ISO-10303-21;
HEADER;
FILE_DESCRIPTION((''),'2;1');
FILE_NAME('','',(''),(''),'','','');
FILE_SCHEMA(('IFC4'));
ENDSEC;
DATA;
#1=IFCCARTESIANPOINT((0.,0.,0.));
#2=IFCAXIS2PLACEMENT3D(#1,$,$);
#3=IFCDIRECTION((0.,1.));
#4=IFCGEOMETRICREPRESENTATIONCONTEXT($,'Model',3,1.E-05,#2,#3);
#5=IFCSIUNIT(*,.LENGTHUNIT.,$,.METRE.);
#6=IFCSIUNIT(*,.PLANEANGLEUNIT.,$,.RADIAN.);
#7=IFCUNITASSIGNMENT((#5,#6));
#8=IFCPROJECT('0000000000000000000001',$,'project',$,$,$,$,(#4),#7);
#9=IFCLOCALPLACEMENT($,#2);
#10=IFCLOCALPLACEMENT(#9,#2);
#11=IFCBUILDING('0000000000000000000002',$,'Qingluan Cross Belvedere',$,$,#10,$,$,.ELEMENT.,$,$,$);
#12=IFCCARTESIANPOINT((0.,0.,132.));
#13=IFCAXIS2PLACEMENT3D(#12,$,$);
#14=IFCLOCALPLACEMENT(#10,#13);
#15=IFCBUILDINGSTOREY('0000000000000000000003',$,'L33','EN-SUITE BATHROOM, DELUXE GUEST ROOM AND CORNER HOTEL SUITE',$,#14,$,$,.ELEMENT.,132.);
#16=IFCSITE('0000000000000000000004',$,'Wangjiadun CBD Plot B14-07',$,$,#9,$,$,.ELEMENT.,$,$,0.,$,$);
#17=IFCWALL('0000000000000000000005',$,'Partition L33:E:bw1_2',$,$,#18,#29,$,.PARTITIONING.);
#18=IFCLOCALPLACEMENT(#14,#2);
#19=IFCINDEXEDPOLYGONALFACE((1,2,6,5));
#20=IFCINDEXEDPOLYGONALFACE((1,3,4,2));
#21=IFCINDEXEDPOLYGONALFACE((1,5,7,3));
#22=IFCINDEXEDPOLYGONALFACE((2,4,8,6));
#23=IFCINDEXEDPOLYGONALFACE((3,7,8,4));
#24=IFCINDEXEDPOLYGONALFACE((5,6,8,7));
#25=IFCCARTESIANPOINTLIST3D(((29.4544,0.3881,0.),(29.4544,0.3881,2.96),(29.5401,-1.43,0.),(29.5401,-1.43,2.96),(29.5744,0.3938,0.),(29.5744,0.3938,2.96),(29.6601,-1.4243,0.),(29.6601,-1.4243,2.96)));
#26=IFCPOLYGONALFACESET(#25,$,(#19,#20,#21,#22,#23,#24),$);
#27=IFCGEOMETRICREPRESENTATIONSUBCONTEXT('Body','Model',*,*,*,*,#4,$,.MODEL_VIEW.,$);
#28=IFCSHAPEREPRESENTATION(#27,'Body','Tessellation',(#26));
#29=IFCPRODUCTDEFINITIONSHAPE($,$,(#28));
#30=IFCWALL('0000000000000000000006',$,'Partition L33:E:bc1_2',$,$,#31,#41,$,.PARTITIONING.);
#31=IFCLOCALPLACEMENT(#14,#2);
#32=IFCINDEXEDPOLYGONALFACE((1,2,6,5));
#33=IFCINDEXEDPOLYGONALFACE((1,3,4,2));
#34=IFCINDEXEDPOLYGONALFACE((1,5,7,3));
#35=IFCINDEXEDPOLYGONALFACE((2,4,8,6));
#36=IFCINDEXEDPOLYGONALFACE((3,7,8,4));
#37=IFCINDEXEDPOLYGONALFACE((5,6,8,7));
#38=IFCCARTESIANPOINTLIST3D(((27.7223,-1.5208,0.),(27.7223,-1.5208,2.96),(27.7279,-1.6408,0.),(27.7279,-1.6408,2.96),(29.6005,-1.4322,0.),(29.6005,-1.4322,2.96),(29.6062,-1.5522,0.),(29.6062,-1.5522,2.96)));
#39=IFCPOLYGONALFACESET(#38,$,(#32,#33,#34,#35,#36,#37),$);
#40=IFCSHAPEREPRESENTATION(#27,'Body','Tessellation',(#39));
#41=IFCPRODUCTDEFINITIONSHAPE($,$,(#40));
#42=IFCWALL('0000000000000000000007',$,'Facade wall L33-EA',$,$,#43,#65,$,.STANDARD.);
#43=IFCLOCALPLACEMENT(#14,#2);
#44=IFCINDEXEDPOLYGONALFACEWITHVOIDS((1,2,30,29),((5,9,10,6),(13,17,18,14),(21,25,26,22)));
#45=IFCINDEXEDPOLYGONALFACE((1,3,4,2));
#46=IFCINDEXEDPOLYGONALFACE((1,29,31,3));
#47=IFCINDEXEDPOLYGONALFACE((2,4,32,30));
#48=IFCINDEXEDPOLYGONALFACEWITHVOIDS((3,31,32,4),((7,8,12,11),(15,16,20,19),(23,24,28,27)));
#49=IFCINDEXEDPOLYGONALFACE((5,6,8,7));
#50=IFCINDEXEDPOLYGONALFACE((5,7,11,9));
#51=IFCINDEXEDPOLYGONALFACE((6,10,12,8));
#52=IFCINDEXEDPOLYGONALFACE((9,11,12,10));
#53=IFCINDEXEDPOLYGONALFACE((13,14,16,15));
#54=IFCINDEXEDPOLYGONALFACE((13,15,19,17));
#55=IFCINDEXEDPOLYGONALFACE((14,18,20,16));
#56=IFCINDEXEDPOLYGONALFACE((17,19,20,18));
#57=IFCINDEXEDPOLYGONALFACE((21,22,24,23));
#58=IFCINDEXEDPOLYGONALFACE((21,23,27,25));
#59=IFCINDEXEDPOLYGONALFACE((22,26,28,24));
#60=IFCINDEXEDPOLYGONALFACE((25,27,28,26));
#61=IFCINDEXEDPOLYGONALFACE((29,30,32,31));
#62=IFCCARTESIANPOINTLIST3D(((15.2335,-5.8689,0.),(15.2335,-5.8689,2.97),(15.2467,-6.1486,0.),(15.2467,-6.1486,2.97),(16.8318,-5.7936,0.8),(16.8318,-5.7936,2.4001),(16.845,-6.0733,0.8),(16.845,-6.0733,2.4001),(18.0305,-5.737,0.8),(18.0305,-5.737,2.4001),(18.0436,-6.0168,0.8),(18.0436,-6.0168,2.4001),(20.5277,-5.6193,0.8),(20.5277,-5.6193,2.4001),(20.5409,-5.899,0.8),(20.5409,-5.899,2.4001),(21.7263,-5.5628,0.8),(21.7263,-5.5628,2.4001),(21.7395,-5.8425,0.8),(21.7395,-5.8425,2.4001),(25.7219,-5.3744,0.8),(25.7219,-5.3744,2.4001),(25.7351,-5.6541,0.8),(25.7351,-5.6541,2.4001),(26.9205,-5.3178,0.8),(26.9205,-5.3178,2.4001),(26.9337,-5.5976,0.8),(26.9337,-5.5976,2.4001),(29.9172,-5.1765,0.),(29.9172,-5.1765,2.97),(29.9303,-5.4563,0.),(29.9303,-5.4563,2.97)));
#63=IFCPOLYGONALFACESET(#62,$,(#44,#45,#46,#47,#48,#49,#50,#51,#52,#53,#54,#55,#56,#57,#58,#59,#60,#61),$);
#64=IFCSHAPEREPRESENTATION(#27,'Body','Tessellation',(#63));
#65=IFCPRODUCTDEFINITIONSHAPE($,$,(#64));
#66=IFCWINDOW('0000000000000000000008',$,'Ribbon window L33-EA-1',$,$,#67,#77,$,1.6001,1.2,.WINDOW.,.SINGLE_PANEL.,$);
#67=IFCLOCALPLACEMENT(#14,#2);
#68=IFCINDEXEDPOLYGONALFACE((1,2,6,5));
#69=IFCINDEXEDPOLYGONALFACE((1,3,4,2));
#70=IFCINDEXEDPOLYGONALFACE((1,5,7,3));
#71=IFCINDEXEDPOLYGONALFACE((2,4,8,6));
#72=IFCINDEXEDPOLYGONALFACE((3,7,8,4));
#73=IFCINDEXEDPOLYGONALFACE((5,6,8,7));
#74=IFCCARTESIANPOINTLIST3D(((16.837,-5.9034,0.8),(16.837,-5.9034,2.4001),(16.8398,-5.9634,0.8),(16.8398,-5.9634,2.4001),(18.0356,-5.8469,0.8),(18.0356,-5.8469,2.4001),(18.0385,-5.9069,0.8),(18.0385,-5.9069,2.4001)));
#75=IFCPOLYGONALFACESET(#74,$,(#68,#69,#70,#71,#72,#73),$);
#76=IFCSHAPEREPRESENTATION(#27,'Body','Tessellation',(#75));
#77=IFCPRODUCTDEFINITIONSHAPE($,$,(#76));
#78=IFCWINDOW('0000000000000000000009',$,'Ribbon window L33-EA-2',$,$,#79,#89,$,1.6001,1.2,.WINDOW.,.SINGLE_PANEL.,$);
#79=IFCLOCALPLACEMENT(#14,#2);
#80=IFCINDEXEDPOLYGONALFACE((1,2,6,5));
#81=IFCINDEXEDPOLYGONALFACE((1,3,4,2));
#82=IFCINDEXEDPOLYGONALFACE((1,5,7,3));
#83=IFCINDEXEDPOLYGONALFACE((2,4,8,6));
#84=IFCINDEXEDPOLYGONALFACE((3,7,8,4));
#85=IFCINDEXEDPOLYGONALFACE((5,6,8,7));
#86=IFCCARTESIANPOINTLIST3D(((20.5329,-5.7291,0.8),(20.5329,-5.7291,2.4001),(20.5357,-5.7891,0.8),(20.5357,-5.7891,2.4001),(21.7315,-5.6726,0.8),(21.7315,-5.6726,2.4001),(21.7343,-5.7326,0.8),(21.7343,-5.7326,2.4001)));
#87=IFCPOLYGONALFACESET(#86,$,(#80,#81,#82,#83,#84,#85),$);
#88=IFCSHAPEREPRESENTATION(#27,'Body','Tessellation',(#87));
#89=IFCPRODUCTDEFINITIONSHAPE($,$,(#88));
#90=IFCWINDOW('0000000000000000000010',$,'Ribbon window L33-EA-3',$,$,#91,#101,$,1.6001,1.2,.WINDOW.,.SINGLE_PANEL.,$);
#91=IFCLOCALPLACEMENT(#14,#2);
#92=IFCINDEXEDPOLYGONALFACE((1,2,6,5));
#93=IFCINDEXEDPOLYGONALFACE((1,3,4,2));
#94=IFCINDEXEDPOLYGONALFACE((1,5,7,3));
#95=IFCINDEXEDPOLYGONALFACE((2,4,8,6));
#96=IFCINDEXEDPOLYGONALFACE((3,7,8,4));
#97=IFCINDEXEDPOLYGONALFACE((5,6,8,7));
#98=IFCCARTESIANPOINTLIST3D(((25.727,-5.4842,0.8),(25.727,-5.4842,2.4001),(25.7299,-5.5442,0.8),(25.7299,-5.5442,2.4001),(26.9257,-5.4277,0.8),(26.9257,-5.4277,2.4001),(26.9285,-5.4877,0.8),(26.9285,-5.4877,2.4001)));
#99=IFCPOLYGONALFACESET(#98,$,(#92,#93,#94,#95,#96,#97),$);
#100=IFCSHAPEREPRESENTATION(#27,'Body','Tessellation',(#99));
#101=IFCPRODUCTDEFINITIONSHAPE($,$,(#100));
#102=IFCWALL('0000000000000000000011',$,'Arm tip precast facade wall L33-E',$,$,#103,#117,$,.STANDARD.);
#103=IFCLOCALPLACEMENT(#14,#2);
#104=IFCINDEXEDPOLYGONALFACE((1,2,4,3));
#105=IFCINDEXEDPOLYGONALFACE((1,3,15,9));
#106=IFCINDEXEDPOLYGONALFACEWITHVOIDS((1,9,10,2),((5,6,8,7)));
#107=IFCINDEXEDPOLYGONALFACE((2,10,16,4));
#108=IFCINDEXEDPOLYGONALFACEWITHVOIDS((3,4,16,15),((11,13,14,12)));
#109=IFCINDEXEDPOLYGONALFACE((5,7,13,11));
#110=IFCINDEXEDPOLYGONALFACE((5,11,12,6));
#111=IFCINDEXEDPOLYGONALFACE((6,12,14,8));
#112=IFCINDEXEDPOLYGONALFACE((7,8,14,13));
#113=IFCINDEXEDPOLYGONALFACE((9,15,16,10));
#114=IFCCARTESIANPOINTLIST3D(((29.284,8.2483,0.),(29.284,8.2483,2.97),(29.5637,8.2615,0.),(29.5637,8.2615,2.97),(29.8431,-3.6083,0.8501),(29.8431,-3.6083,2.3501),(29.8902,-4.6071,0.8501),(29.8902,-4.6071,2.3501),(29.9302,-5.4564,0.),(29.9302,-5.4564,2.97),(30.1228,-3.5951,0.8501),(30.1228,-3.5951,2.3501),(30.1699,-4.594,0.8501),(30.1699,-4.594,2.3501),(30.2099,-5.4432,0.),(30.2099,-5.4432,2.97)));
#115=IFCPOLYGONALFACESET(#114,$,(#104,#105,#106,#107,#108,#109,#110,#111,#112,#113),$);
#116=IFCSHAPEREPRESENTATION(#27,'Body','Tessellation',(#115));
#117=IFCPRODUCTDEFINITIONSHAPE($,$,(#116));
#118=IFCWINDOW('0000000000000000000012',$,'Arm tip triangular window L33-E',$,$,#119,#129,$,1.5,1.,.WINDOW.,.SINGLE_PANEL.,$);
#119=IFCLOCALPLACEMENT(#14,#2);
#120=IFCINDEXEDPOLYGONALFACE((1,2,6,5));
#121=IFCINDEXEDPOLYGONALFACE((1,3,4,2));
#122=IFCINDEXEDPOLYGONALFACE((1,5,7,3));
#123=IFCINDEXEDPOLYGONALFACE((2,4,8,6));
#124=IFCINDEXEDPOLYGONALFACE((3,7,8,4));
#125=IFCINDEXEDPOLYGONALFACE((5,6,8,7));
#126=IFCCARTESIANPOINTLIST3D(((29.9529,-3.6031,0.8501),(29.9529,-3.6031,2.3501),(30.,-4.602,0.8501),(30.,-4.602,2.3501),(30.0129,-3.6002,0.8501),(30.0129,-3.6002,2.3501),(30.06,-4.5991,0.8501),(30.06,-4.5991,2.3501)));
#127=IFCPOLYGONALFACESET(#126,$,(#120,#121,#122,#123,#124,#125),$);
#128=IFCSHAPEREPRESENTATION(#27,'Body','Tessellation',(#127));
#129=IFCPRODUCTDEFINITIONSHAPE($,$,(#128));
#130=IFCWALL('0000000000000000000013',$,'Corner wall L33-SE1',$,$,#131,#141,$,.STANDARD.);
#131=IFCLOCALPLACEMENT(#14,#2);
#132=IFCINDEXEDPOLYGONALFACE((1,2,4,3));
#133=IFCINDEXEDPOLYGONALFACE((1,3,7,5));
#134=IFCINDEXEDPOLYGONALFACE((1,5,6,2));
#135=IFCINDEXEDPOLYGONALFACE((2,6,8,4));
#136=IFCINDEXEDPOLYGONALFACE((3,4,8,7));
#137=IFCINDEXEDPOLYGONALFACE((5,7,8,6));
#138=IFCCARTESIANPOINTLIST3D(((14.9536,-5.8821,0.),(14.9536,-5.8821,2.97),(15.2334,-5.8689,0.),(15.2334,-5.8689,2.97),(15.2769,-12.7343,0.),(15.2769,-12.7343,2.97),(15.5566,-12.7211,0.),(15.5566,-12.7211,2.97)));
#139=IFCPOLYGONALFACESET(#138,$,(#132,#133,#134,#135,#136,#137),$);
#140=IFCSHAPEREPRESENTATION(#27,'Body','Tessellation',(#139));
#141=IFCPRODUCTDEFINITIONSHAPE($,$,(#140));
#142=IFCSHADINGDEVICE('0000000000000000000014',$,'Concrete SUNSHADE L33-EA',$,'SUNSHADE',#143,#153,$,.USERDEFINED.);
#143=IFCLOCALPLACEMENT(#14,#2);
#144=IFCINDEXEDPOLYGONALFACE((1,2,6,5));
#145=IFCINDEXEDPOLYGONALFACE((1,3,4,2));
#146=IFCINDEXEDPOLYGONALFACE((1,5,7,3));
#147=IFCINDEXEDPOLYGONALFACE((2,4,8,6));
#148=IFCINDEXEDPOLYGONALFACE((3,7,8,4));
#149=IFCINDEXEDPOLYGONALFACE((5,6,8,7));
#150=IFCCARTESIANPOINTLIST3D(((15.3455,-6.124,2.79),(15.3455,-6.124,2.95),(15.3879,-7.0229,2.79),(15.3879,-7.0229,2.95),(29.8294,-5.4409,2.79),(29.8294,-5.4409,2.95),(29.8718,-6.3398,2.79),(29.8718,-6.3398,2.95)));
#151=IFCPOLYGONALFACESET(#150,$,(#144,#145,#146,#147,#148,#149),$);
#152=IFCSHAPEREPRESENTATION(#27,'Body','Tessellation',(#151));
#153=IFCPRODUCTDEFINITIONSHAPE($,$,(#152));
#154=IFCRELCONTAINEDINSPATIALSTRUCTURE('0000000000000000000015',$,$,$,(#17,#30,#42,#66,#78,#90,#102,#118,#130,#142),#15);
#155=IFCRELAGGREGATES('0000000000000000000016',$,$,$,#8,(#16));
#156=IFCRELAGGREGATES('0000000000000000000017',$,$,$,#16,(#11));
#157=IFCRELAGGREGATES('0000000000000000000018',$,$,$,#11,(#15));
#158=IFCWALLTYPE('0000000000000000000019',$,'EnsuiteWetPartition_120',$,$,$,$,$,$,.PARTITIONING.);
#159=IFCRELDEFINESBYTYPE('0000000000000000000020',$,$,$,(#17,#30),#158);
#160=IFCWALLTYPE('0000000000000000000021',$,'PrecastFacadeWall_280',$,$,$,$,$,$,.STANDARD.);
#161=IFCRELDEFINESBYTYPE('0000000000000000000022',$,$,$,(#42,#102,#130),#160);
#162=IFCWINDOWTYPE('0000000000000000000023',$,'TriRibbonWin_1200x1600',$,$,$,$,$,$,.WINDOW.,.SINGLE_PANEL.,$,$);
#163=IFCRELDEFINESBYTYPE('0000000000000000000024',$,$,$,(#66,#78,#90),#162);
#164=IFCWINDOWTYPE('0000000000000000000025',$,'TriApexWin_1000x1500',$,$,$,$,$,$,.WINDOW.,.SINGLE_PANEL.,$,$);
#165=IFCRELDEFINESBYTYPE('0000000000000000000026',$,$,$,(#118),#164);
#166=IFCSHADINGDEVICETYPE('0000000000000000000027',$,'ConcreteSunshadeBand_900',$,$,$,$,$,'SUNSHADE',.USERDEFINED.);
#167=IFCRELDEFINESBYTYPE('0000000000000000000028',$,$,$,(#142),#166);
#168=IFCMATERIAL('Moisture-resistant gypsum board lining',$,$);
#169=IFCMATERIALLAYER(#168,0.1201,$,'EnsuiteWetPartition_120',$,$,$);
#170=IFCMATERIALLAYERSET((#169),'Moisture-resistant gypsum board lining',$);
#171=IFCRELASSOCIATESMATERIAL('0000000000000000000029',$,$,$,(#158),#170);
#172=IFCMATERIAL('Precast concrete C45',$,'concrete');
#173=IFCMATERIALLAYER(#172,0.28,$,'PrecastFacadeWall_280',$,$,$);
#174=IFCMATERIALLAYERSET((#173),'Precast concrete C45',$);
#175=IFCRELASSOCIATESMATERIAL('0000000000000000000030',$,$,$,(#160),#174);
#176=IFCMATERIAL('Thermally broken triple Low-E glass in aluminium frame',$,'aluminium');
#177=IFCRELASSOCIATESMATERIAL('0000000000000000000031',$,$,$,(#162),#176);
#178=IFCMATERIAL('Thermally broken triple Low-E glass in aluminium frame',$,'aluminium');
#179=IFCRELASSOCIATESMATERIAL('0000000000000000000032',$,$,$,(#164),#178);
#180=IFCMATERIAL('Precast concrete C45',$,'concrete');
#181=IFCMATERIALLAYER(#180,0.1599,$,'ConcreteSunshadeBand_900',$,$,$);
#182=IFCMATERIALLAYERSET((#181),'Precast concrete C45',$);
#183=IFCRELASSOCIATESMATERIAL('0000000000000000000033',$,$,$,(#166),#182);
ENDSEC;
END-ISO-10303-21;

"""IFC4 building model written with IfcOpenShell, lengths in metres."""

from ifc_helpers import new_model, si_unit, direction, frame, frame_2d, origin, origin_2d, place, context, subcontext, project, spatial, rectangle, extrude, material, layer, layer_set, type_object, element, fill, save


model = new_model("IFC4")

# Units and contexts
model_context = context("Model", 3, precision=1e-05, world=origin(), true_north=direction((0.0, 1.0)))
body_context = subcontext(model_context, "Body", "Model", "MODEL_VIEW")
ifc_project = project(units=[si_unit("LENGTHUNIT", "METRE"), si_unit("PLANEANGLEUNIT", "RADIAN")], contexts=[model_context])

# Site, building, storey
site_placement = place(None, origin())
site = spatial("IfcSite", under=ifc_project, at=site_placement, Name="Wangjiadun CBD Plot B14-07", CompositionType="ELEMENT", RefElevation=0.0)
building_placement = place(site_placement, origin())
building = spatial("IfcBuilding", under=site, at=building_placement, Name="Qingluan Cross Belvedere", CompositionType="ELEMENT")
storey_placement = place(building_placement, frame((0.0, 0.0, 132.0)))
storey = spatial("IfcBuildingStorey", under=building, at=storey_placement, Name="L33", Description="EN-SUITE BATHROOM, DELUXE GUEST ROOM AND CORNER HOTEL SUITE", CompositionType="ELEMENT", Elevation=132.0)

# Shared definitions
ifc_material_1 = material(Name="Moisture-resistant gypsum board lining")
ifc_layer_1 = layer(ifc_material_1, 0.1201, Name="EnsuiteWetPartition_120")
ifc_layer_set_1 = layer_set([ifc_layer_1], Name="Moisture-resistant gypsum board lining")
wall_type_1 = type_object("IfcWallType", Name="EnsuiteWetPartition_120", PredefinedType="PARTITIONING", material=ifc_layer_set_1)

# Walls
wall_1_placement = place(storey_placement, frame((29.6001, -1.4272, 0.0), z_axis=(0.0, 0.0, 1.0), x_axis=(-0.047081, 0.998891, 0.0)))
element("IfcWall", 1, at=wall_1_placement, inside=storey, type_object=wall_type_1, Name="Partition L33:E:bw1_2", PredefinedType="PARTITIONING", context=body_context, shape_type="SweptSolid", body=[
    extrude(rectangle(XDim=1.8201, YDim=0.1201, at=frame_2d((0.9102, 0.0))), origin(), (0.0, 0.0, 1.0), 2.96),
])
wall_2_placement = place(storey_placement, frame((27.7251, -1.5808, 0.0), z_axis=(0.0, 0.0, 1.0), x_axis=(0.998889, 0.047133, 0.0)))
element("IfcWall", 2, at=wall_2_placement, inside=storey, type_object=wall_type_1, Name="Partition L33:E:bc1_2", PredefinedType="PARTITIONING", context=body_context, shape_type="SweptSolid", body=[
    extrude(rectangle(XDim=1.8804, YDim=0.1201, at=frame_2d((0.9402, 0.0))), origin(), (0.0, 0.0, 1.0), 2.96),
])

# Wall, openings, windows
ifc_material_2 = material(Name="Precast concrete C45", Category="concrete")
ifc_layer_2 = layer(ifc_material_2, 0.28, Name="PrecastFacadeWall_280")
ifc_layer_set_2 = layer_set([ifc_layer_2], Name="Precast concrete C45")
wall_type_2 = type_object("IfcWallType", Name="PrecastFacadeWall_280", PredefinedType="STANDARD", material=ifc_layer_set_2)
wall_3_placement = place(storey_placement, frame((15.24, -6.0088, 0.0), z_axis=(0.0, 0.0, 1.0), x_axis=(0.99889, 0.047101, 0.0)))
wall_3 = element("IfcWall", 3, at=wall_3_placement, inside=storey, type_object=wall_type_2, Name="Facade wall L33-EA", PredefinedType="STANDARD", context=body_context, shape_type="SweptSolid", body=[
    extrude(rectangle(XDim=14.7, YDim=0.28, at=frame_2d((7.3501, 0.0))), origin(), (0.0, 0.0, 1.0), 2.97),
])
opening_1_placement = place(wall_3_placement, frame((1.6001, 0.0, 0.8)))
opening_1 = element("IfcOpeningElement", 4, at=opening_1_placement, cuts=wall_3, PredefinedType="OPENING", context=body_context, shape_type="SweptSolid", body=[
    extrude(rectangle(XDim=1.2, YDim=1.6001, at=frame_2d((0.6001, 0.8))), frame((0.0, 0.1499, 0.0), z_axis=(0.0, -1.0, 0.0), x_axis=(1.0, 0.0, 0.0)), (0.0, 0.0, 1.0), 0.3),
])
opening_2_placement = place(wall_3_placement, frame((5.3, 0.0, 0.8)))
opening_2 = element("IfcOpeningElement", 5, at=opening_2_placement, cuts=wall_3, PredefinedType="OPENING", context=body_context, shape_type="SweptSolid", body=[
    extrude(rectangle(XDim=1.2, YDim=1.6001, at=frame_2d((0.6001, 0.8))), frame((0.0, 0.1499, 0.0), z_axis=(0.0, -1.0, 0.0), x_axis=(1.0, 0.0, 0.0)), (0.0, 0.0, 1.0), 0.3),
])
opening_3_placement = place(wall_3_placement, frame((10.5, 0.0, 0.8)))
opening_3 = element("IfcOpeningElement", 6, at=opening_3_placement, cuts=wall_3, PredefinedType="OPENING", context=body_context, shape_type="SweptSolid", body=[
    extrude(rectangle(XDim=1.2, YDim=1.6001, at=frame_2d((0.6001, 0.8))), frame((0.0, 0.1499, 0.0), z_axis=(0.0, -1.0, 0.0), x_axis=(1.0, 0.0, 0.0)), (0.0, 0.0, 1.0), 0.3),
])
ifc_material_3 = material(Name="Thermally broken triple Low-E glass in aluminium frame", Category="aluminium")
window_type_1 = type_object("IfcWindowType", Name="TriRibbonWin_1200x1600", PartitioningType="SINGLE_PANEL", PredefinedType="WINDOW", material=ifc_material_3)
window_1_placement = place(opening_1_placement, origin())
window_1 = element("IfcWindow", 7, at=window_1_placement, inside=storey, type_object=window_type_1, Name="Ribbon window L33-EA-1", OverallHeight=1.6001, OverallWidth=1.2, PartitioningType="SINGLE_PANEL", PredefinedType="WINDOW", context=body_context, shape_type="SweptSolid", body=[
    extrude(rectangle(XDim=1.2, YDim=1.6001, at=frame_2d((0.6001, 0.8))), frame((0.0, 0.03, 0.0), z_axis=(0.0, -1.0, 0.0), x_axis=(1.0, 0.0, 0.0)), (0.0, 0.0, 1.0), 0.0601),
])
fill(opening_1, window_1)
window_2_placement = place(opening_2_placement, origin())
window_2 = element("IfcWindow", 8, at=window_2_placement, inside=storey, type_object=window_type_1, Name="Ribbon window L33-EA-2", OverallHeight=1.6001, OverallWidth=1.2, PartitioningType="SINGLE_PANEL", PredefinedType="WINDOW", context=body_context, shape_type="SweptSolid", body=[
    extrude(rectangle(XDim=1.2, YDim=1.6001, at=frame_2d((0.6001, 0.8))), frame((0.0, 0.03, 0.0), z_axis=(0.0, -1.0, 0.0), x_axis=(1.0, 0.0, 0.0)), (0.0, 0.0, 1.0), 0.0601),
])
fill(opening_2, window_2)
window_3_placement = place(opening_3_placement, origin())
window_3 = element("IfcWindow", 9, at=window_3_placement, inside=storey, type_object=window_type_1, Name="Ribbon window L33-EA-3", OverallHeight=1.6001, OverallWidth=1.2, PartitioningType="SINGLE_PANEL", PredefinedType="WINDOW", context=body_context, shape_type="SweptSolid", body=[
    extrude(rectangle(XDim=1.2, YDim=1.6001, at=frame_2d((0.6001, 0.8))), frame((0.0, 0.03, 0.0), z_axis=(0.0, -1.0, 0.0), x_axis=(1.0, 0.0, 0.0)), (0.0, 0.0, 1.0), 0.0601),
])
fill(opening_3, window_3)

# Wall, opening, window
wall_4_placement = place(storey_placement, frame((30.0701, -5.4497, 0.0), z_axis=(0.0, 0.0, 1.0), x_axis=(-0.047102, 0.99889, 0.0)))
wall_4 = element("IfcWall", 10, at=wall_4_placement, inside=storey, type_object=wall_type_2, Name="Arm tip precast facade wall L33-E", PredefinedType="STANDARD", context=body_context, shape_type="SweptSolid", body=[
    extrude(rectangle(XDim=13.72, YDim=0.28, at=frame_2d((6.8599, 0.0))), origin(), (0.0, 0.0, 1.0), 2.97),
])
opening_4_placement = place(wall_4_placement, frame((0.8501, 0.0, 0.8501)))
opening_4 = element("IfcOpeningElement", 11, at=opening_4_placement, cuts=wall_4, PredefinedType="OPENING", context=body_context, shape_type="SweptSolid", body=[
    extrude(rectangle(XDim=1.0, YDim=1.5, at=frame_2d((0.5, 0.75))), frame((0.0, 0.1499, 0.0), z_axis=(0.0, -1.0, 0.0), x_axis=(1.0, 0.0, 0.0)), (0.0, 0.0, 1.0), 0.3),
])
ifc_material_4 = material(Name="Thermally broken triple Low-E glass in aluminium frame", Category="aluminium")
window_type_2 = type_object("IfcWindowType", Name="TriApexWin_1000x1500", PartitioningType="SINGLE_PANEL", PredefinedType="WINDOW", material=ifc_material_4)
window_4_placement = place(opening_4_placement, origin())
window_4 = element("IfcWindow", 12, at=window_4_placement, inside=storey, type_object=window_type_2, Name="Arm tip triangular window L33-E", OverallHeight=1.5, OverallWidth=1.0, PartitioningType="SINGLE_PANEL", PredefinedType="WINDOW", context=body_context, shape_type="SweptSolid", body=[
    extrude(rectangle(XDim=1.0, YDim=1.5, at=frame_2d((0.5, 0.75))), frame((0.0, 0.03, 0.0), z_axis=(0.0, -1.0, 0.0), x_axis=(1.0, 0.0, 0.0)), (0.0, 0.0, 1.0), 0.0601),
])
fill(opening_4, window_4)

# Wall
wall_5_placement = place(storey_placement, frame((15.0935, -5.8755, 0.0), z_axis=(0.0, 0.0, 1.0), x_axis=(0.04712, -0.998889, 0.0)))
element("IfcWall", 13, at=wall_5_placement, inside=storey, type_object=wall_type_2, Name="Corner wall L33-SE1", PredefinedType="STANDARD", context=body_context, shape_type="SweptSolid", body=[
    extrude(rectangle(XDim=6.8599, YDim=0.28, at=frame_2d((3.4299, 0.0))), origin(), (0.0, 0.0, 1.0), 2.97),
])

# Shading device
ifc_material_5 = material(Name="Precast concrete C45", Category="concrete")
ifc_layer_3 = layer(ifc_material_5, 0.1599, Name="ConcreteSunshadeBand_900")
ifc_layer_set_3 = layer_set([ifc_layer_3], Name="Precast concrete C45")
shading_device_type = type_object("IfcShadingDeviceType", Name="ConcreteSunshadeBand_900", ElementType="SUNSHADE", PredefinedType="USERDEFINED", material=ifc_layer_set_3)
shading_device_placement = place(storey_placement, frame((22.6086, -6.2319, 2.79), z_axis=(0.0, 0.0, 1.0), x_axis=(0.99889, 0.047109, 0.0)))
element("IfcShadingDevice", 14, at=shading_device_placement, inside=storey, type_object=shading_device_type, Name="Concrete SUNSHADE L33-EA", ObjectType="SUNSHADE", PredefinedType="USERDEFINED", context=body_context, shape_type="SweptSolid", body=[
    extrude(rectangle(XDim=14.5, YDim=0.8999, at=origin_2d()), origin(), (0.0, 0.0, 1.0), 0.1599),
])

save(model, "model.ifc")
